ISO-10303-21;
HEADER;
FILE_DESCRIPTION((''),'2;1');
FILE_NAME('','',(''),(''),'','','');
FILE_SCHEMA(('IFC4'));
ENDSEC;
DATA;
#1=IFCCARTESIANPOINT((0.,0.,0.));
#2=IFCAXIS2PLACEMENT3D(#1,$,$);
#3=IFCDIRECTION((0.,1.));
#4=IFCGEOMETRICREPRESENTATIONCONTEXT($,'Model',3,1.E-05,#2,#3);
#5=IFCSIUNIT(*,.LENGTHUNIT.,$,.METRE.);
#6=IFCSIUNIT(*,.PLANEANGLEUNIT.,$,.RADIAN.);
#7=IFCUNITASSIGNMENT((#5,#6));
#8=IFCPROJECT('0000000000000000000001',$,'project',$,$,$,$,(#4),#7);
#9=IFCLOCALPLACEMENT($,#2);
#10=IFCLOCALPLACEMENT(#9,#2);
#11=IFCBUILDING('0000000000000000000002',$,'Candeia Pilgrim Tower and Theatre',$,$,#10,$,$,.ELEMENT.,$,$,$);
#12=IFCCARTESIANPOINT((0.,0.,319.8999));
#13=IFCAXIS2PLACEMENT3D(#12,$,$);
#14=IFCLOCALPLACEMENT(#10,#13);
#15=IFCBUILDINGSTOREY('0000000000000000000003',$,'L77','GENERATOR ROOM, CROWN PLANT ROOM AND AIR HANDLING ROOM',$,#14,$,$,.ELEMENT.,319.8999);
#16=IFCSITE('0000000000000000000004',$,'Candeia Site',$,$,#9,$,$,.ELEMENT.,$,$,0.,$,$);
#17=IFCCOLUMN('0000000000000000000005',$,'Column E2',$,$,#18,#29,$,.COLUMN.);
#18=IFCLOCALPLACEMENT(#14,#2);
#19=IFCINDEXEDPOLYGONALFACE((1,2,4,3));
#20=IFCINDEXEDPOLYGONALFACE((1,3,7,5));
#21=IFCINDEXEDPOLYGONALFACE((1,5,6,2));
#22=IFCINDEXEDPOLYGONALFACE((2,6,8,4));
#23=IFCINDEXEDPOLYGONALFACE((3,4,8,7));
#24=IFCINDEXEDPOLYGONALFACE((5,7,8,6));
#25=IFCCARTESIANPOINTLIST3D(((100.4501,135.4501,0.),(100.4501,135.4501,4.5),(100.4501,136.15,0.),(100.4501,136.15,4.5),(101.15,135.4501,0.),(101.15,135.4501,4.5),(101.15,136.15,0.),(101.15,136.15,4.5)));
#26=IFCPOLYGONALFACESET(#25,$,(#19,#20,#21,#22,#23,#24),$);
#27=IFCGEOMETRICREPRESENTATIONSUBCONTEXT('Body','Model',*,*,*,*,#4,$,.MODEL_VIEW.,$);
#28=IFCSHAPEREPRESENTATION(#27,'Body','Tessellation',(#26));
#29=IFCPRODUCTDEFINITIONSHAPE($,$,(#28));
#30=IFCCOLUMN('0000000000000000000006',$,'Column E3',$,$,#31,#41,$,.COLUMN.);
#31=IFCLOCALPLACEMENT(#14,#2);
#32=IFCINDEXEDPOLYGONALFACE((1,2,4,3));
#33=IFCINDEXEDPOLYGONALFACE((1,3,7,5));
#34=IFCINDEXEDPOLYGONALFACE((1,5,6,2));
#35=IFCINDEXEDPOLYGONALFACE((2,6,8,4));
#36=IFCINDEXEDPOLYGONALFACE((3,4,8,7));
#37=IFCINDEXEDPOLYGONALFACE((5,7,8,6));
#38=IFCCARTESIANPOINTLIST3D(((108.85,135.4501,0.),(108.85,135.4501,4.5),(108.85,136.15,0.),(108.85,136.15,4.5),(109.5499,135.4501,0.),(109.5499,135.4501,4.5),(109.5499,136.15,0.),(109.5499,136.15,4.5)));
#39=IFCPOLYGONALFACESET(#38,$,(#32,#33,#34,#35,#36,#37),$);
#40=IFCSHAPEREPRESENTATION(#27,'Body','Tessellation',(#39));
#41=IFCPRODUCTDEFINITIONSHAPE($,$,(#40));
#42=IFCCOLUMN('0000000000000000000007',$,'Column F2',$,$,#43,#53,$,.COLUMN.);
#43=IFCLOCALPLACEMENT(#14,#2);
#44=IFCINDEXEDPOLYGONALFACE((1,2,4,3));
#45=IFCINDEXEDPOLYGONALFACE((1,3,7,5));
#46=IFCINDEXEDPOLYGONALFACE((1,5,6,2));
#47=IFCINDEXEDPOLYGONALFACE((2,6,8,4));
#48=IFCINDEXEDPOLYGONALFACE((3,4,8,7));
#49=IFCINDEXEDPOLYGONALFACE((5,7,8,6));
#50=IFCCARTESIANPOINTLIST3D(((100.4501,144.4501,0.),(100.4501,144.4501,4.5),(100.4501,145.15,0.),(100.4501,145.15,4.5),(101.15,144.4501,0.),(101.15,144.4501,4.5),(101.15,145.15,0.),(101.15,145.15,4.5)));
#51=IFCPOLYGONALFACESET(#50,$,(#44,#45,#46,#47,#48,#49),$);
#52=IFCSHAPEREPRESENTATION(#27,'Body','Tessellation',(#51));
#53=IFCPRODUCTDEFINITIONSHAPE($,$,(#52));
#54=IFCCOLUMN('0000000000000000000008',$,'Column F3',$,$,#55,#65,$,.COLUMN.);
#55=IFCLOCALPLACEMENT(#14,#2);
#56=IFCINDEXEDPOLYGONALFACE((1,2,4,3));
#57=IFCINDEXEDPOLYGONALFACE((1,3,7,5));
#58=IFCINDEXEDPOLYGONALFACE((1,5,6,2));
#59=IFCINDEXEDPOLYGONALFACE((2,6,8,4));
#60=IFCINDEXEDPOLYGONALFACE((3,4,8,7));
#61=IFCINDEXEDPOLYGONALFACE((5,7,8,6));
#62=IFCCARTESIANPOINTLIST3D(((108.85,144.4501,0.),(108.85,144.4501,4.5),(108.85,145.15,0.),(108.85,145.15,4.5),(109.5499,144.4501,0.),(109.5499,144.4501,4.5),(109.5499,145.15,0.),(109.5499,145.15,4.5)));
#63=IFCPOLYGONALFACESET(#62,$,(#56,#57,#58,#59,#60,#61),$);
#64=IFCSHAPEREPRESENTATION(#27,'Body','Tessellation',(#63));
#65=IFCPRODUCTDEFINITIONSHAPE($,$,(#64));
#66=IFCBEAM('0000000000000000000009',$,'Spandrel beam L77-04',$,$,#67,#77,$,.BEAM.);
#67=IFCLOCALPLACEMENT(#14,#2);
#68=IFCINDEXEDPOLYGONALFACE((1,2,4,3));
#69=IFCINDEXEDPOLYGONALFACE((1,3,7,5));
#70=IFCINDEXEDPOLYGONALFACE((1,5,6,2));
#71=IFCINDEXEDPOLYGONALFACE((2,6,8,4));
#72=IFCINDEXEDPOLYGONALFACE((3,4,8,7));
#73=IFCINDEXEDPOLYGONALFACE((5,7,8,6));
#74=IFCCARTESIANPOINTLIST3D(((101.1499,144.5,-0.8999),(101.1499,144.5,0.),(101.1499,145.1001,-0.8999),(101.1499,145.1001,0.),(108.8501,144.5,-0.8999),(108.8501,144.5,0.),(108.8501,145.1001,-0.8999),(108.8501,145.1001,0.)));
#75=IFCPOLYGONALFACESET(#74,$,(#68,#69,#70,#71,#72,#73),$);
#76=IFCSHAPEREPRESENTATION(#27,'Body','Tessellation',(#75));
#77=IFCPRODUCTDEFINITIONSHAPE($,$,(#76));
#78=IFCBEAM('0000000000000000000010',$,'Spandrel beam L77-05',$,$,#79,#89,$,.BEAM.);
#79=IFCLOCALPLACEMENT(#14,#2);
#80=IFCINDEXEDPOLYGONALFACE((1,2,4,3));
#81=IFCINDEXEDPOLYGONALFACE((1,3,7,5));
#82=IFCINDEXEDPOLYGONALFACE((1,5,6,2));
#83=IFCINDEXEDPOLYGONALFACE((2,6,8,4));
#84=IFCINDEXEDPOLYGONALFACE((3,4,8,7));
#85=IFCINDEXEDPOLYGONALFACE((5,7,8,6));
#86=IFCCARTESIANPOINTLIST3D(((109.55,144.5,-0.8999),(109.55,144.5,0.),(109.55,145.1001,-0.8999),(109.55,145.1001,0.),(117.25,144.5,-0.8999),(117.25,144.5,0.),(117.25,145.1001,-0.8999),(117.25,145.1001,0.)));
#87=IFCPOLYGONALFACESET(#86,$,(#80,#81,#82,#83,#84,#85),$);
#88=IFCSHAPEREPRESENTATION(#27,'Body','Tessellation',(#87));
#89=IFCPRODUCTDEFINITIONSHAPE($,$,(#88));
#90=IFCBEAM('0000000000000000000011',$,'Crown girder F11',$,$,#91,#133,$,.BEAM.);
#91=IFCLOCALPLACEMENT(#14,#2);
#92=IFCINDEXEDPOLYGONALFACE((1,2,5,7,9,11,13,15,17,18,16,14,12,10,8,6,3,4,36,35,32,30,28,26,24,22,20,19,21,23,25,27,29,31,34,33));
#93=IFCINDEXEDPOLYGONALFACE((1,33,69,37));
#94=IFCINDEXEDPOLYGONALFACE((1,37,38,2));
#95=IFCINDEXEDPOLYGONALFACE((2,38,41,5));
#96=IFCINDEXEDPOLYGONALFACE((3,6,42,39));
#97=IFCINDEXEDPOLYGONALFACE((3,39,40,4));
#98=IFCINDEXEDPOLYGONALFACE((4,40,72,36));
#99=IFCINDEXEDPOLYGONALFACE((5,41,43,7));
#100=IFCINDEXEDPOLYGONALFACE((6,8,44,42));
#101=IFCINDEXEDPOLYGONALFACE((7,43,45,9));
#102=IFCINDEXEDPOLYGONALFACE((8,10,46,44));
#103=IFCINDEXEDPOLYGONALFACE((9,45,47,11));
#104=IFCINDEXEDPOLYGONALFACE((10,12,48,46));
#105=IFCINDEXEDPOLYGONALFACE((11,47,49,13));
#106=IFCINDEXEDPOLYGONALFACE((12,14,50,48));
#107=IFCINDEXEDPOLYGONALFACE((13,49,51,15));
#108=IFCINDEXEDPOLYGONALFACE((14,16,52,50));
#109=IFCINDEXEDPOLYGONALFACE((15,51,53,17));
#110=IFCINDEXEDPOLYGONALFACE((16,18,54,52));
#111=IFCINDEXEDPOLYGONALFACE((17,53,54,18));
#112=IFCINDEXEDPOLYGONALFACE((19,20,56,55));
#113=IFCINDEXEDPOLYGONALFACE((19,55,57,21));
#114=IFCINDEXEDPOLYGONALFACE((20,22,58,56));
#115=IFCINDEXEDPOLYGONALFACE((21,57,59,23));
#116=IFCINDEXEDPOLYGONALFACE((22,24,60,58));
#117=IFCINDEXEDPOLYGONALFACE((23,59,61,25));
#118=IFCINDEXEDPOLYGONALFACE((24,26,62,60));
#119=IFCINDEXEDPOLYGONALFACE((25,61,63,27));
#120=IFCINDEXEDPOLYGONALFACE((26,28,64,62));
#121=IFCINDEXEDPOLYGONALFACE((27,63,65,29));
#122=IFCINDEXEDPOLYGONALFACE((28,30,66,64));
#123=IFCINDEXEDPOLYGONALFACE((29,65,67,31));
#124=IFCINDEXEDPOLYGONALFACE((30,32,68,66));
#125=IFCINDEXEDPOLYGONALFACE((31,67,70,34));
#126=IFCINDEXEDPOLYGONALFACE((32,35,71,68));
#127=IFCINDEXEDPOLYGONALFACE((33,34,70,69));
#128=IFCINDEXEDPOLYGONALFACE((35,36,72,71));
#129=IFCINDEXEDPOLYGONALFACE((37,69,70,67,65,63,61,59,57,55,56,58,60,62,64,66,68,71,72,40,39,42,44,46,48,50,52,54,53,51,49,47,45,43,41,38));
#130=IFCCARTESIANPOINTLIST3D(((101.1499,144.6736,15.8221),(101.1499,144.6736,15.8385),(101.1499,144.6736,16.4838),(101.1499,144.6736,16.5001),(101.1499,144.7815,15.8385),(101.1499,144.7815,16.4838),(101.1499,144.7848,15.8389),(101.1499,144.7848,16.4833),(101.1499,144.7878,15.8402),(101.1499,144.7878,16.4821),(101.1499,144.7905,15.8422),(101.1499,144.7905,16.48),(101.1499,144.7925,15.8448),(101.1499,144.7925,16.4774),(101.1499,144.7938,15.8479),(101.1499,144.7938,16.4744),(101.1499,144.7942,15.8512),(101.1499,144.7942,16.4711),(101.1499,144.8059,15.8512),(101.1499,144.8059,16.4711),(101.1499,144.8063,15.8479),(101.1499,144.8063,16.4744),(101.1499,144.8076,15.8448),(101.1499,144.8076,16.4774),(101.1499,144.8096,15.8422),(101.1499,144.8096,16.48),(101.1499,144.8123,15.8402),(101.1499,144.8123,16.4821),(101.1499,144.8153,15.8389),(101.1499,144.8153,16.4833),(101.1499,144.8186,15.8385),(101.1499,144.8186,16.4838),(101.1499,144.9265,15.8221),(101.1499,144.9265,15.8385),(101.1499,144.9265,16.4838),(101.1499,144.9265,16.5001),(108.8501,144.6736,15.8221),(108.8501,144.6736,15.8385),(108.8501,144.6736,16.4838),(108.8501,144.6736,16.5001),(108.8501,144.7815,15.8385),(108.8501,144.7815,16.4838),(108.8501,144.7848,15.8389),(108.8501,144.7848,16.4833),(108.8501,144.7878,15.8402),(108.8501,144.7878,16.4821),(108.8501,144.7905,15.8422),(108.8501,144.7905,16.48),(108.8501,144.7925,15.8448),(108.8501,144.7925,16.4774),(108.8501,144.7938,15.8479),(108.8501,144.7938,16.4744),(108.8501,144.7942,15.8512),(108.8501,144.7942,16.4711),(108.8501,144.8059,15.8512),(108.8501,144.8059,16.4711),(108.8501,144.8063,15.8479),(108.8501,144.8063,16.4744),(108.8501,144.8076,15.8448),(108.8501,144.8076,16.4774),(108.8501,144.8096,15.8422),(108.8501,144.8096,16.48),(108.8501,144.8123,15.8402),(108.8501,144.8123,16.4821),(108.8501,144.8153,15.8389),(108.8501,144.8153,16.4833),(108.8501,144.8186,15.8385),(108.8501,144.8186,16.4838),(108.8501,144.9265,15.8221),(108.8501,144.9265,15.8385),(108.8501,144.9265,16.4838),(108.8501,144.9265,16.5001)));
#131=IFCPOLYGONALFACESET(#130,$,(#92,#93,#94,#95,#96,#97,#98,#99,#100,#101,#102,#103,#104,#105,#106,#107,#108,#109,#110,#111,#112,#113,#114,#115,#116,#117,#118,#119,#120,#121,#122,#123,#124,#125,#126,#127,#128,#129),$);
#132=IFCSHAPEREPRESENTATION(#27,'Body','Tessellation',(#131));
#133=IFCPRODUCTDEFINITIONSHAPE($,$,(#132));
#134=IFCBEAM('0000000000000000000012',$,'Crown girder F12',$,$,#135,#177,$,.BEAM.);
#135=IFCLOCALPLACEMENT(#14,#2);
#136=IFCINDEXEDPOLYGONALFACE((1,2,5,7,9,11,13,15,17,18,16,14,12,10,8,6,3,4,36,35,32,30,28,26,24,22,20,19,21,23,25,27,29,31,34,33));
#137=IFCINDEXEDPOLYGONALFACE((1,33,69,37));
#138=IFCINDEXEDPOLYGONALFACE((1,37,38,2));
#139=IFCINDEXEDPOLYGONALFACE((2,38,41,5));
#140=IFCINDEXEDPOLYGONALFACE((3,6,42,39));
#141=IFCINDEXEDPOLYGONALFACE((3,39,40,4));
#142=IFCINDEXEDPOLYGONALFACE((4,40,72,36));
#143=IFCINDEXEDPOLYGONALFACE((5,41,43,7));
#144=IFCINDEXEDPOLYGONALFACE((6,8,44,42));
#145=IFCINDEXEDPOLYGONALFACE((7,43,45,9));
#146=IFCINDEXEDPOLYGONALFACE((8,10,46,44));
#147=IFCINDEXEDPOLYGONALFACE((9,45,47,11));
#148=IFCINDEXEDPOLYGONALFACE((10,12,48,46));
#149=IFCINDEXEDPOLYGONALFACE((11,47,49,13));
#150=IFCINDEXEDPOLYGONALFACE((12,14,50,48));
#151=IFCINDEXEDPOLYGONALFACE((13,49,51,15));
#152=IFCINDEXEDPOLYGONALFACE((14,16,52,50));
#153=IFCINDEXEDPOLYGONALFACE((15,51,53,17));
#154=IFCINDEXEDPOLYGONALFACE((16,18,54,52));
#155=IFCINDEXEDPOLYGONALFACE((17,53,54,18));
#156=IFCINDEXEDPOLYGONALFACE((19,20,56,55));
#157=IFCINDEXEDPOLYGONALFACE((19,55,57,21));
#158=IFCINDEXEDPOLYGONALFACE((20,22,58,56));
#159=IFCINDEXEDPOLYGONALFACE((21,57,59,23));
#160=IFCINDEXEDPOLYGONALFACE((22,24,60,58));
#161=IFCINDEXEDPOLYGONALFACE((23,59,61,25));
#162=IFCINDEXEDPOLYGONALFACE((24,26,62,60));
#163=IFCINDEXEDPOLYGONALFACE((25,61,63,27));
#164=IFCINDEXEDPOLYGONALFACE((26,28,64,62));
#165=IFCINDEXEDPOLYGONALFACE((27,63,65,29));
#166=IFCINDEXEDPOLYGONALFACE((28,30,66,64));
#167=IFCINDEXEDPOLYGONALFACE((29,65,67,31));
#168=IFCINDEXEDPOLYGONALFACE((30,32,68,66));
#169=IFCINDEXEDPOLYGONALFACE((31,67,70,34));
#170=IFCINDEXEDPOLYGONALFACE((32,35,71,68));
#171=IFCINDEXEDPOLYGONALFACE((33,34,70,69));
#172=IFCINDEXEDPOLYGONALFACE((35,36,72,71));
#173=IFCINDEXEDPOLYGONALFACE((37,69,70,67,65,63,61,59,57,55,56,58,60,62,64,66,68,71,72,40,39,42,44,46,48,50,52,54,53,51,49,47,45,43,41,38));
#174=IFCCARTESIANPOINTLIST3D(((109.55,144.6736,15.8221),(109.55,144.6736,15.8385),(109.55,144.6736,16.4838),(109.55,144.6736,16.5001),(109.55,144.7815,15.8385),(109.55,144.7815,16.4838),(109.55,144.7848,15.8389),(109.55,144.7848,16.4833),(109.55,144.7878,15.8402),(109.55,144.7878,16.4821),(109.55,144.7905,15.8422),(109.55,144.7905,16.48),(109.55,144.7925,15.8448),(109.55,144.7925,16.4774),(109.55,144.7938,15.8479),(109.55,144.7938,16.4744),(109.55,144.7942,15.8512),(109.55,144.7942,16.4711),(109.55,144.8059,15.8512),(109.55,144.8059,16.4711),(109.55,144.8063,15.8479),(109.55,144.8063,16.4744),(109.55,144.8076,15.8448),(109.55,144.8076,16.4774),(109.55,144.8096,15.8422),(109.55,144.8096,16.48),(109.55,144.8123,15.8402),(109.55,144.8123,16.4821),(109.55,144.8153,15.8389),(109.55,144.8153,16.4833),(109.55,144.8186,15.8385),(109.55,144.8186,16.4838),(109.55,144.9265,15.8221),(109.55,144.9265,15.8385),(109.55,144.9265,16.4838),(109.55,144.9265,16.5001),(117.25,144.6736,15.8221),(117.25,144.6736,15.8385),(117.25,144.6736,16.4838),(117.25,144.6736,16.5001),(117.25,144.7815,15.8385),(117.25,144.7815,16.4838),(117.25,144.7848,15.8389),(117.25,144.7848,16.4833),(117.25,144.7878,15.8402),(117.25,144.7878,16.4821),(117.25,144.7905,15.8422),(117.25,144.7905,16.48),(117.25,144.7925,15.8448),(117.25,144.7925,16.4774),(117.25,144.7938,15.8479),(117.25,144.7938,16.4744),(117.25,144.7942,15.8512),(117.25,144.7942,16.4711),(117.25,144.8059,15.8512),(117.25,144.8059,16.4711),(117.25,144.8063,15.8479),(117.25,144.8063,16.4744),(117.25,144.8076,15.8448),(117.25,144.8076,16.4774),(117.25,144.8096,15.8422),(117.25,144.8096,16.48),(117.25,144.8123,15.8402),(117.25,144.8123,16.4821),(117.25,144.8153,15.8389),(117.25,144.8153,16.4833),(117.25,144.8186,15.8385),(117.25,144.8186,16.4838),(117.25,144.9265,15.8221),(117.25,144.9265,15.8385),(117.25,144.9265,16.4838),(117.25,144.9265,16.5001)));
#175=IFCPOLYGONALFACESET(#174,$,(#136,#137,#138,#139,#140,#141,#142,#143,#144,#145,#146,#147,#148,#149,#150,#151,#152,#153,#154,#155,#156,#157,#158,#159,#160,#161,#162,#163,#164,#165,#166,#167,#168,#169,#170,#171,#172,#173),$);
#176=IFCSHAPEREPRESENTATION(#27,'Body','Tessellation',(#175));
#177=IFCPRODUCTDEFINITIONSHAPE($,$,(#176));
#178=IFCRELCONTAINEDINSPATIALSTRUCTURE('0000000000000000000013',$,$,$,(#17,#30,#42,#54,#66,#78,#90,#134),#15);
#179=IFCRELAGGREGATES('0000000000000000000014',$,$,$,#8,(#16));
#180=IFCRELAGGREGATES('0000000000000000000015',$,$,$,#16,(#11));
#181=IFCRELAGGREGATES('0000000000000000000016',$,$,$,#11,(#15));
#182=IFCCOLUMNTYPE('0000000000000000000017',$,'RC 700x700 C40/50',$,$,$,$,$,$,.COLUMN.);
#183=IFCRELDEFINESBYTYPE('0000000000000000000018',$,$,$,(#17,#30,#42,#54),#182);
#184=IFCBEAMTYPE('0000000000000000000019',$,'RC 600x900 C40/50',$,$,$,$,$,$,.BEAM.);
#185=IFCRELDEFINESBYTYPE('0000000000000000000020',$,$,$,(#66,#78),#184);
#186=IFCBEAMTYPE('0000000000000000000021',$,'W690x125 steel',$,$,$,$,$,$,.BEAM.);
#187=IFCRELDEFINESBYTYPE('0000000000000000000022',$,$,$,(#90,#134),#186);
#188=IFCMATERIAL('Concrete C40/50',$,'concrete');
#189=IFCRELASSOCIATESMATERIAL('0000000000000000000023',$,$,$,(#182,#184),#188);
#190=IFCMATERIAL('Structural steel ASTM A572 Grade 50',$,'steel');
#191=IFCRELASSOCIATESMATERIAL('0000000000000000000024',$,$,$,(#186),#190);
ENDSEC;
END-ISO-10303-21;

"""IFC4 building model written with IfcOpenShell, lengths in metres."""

from ifc_helpers import new_model, si_unit, direction, frame, origin, origin_2d, place, context, subcontext, project, spatial, rectangle, i_section, extrude, material, material_profile, profile_set, type_object, element, save


model = new_model("IFC4")

# Units and contexts
model_context = context("Model", 3, precision=1e-05, world=origin(), true_north=direction((0.0, 1.0)))
body_context = subcontext(model_context, "Body", "Model", "MODEL_VIEW")
ifc_project = project(units=[si_unit("LENGTHUNIT", "METRE"), si_unit("PLANEANGLEUNIT", "RADIAN")], contexts=[model_context])

# Site, building, storey
site_placement = place(None, origin())
site = spatial("IfcSite", under=ifc_project, at=site_placement, Name="Candeia Site", CompositionType="ELEMENT", RefElevation=0.0)
building_placement = place(site_placement, origin())
building = spatial("IfcBuilding", under=site, at=building_placement, Name="Candeia Pilgrim Tower and Theatre", CompositionType="ELEMENT")
storey_placement = place(building_placement, frame((0.0, 0.0, 319.8999)))
storey = spatial("IfcBuildingStorey", under=building, at=storey_placement, Name="L77", Description="GENERATOR ROOM, CROWN PLANT ROOM AND AIR HANDLING ROOM", CompositionType="ELEMENT", Elevation=319.8999)

# Columns
ifc_material_1 = material(Name="Concrete C40/50", Category="concrete")
ifc_material_profile_1 = material_profile(ifc_material_1, rectangle(XDim=0.7, YDim=0.7, at=origin_2d()))
ifc_profile_set_1 = profile_set([ifc_material_profile_1], Name="Concrete C40/50")
column_type = type_object("IfcColumnType", Name="RC 700x700 C40/50", PredefinedType="COLUMN", material=ifc_profile_set_1)
for number, where, z_axis, x_axis, name in (
    (1, (100.8, 135.8, 0.0), (0.0, 0.0, 1.0), (1.0, 0.0, 0.0), "Column E2"),
    (2, (109.2, 135.8, 0.0), (0.0, 0.0, 1.0), (1.0, 0.0, 0.0), "Column E3"),
    (3, (100.8, 144.8, 0.0), (0.0, 0.0, 1.0), (1.0, 0.0, 0.0), "Column F2"),
    (4, (109.2, 144.8, 0.0), (0.0, 0.0, 1.0), (1.0, 0.0, 0.0), "Column F3"),
):
    element("IfcColumn", number, at=place(storey_placement, frame(where, z_axis=z_axis, x_axis=x_axis)), inside=storey, type_object=column_type, Name=name, PredefinedType="COLUMN", context=body_context, shape_type="SweptSolid", body=[
        extrude(rectangle(XDim=0.7, YDim=0.7, at=origin_2d()), origin(), (0.0, 0.0, 1.0), 4.5),
    ])

# Beams
ifc_material_profile_2 = material_profile(ifc_material_1, rectangle(XDim=0.6001, YDim=0.8999, at=origin_2d()))
ifc_profile_set_2 = profile_set([ifc_material_profile_2], Name="Concrete C40/50")
beam_type_1 = type_object("IfcBeamType", Name="RC 600x900 C40/50", PredefinedType="BEAM", material=ifc_profile_set_2)
beam_1_placement = place(storey_placement, frame((101.1499, 144.8, -0.45), z_axis=(1.0, 0.0, 0.0), x_axis=(0.0, 1.0, 0.0)))
element("IfcBeam", 5, at=beam_1_placement, inside=storey, type_object=beam_type_1, Name="Spandrel beam L77-04", PredefinedType="BEAM", context=body_context, shape_type="SweptSolid", body=[
    extrude(rectangle(XDim=0.6001, YDim=0.8999, at=origin_2d()), origin(), (0.0, 0.0, 1.0), 7.7002),
])
beam_2_placement = place(storey_placement, frame((109.55, 144.8, -0.45), z_axis=(1.0, 0.0, 0.0), x_axis=(0.0, 1.0, 0.0)))
element("IfcBeam", 6, at=beam_2_placement, inside=storey, type_object=beam_type_1, Name="Spandrel beam L77-05", PredefinedType="BEAM", context=body_context, shape_type="SweptSolid", body=[
    extrude(rectangle(XDim=0.6001, YDim=0.8999, at=origin_2d()), origin(), (0.0, 0.0, 1.0), 7.7),
])
ifc_material_2 = material(Name="Structural steel ASTM A572 Grade 50", Category="steel")
ifc_material_profile_3 = material_profile(ifc_material_2, i_section(OverallWidth=0.2529, OverallDepth=0.678, WebThickness=0.0117, FlangeThickness=0.0164, FilletRadius=0.0127, at=origin_2d()))
ifc_profile_set_3 = profile_set([ifc_material_profile_3], Name="Structural steel ASTM A572 Grade 50")
beam_type_2 = type_object("IfcBeamType", Name="W690x125 steel", PredefinedType="BEAM", material=ifc_profile_set_3)
beam_3_placement = place(storey_placement, frame((101.1499, 144.8, 16.1611), z_axis=(1.0, 0.0, 0.0), x_axis=(0.0, 1.0, 0.0)))
element("IfcBeam", 7, at=beam_3_placement, inside=storey, type_object=beam_type_2, Name="Crown girder F11", PredefinedType="BEAM", context=body_context, shape_type="SweptSolid", body=[
    extrude(i_section(OverallWidth=0.2529, OverallDepth=0.678, WebThickness=0.0117, FlangeThickness=0.0164, FilletRadius=0.0127, at=origin_2d()), origin(), (0.0, 0.0, 1.0), 7.7002),
])
beam_4_placement = place(storey_placement, frame((109.55, 144.8, 16.1611), z_axis=(1.0, 0.0, 0.0), x_axis=(0.0, 1.0, 0.0)))
element("IfcBeam", 8, at=beam_4_placement, inside=storey, type_object=beam_type_2, Name="Crown girder F12", PredefinedType="BEAM", context=body_context, shape_type="SweptSolid", body=[
    extrude(i_section(OverallWidth=0.2529, OverallDepth=0.678, WebThickness=0.0117, FlangeThickness=0.0164, FilletRadius=0.0127, at=origin_2d()), origin(), (0.0, 0.0, 1.0), 7.7),
])

save(model, "model.ifc")
